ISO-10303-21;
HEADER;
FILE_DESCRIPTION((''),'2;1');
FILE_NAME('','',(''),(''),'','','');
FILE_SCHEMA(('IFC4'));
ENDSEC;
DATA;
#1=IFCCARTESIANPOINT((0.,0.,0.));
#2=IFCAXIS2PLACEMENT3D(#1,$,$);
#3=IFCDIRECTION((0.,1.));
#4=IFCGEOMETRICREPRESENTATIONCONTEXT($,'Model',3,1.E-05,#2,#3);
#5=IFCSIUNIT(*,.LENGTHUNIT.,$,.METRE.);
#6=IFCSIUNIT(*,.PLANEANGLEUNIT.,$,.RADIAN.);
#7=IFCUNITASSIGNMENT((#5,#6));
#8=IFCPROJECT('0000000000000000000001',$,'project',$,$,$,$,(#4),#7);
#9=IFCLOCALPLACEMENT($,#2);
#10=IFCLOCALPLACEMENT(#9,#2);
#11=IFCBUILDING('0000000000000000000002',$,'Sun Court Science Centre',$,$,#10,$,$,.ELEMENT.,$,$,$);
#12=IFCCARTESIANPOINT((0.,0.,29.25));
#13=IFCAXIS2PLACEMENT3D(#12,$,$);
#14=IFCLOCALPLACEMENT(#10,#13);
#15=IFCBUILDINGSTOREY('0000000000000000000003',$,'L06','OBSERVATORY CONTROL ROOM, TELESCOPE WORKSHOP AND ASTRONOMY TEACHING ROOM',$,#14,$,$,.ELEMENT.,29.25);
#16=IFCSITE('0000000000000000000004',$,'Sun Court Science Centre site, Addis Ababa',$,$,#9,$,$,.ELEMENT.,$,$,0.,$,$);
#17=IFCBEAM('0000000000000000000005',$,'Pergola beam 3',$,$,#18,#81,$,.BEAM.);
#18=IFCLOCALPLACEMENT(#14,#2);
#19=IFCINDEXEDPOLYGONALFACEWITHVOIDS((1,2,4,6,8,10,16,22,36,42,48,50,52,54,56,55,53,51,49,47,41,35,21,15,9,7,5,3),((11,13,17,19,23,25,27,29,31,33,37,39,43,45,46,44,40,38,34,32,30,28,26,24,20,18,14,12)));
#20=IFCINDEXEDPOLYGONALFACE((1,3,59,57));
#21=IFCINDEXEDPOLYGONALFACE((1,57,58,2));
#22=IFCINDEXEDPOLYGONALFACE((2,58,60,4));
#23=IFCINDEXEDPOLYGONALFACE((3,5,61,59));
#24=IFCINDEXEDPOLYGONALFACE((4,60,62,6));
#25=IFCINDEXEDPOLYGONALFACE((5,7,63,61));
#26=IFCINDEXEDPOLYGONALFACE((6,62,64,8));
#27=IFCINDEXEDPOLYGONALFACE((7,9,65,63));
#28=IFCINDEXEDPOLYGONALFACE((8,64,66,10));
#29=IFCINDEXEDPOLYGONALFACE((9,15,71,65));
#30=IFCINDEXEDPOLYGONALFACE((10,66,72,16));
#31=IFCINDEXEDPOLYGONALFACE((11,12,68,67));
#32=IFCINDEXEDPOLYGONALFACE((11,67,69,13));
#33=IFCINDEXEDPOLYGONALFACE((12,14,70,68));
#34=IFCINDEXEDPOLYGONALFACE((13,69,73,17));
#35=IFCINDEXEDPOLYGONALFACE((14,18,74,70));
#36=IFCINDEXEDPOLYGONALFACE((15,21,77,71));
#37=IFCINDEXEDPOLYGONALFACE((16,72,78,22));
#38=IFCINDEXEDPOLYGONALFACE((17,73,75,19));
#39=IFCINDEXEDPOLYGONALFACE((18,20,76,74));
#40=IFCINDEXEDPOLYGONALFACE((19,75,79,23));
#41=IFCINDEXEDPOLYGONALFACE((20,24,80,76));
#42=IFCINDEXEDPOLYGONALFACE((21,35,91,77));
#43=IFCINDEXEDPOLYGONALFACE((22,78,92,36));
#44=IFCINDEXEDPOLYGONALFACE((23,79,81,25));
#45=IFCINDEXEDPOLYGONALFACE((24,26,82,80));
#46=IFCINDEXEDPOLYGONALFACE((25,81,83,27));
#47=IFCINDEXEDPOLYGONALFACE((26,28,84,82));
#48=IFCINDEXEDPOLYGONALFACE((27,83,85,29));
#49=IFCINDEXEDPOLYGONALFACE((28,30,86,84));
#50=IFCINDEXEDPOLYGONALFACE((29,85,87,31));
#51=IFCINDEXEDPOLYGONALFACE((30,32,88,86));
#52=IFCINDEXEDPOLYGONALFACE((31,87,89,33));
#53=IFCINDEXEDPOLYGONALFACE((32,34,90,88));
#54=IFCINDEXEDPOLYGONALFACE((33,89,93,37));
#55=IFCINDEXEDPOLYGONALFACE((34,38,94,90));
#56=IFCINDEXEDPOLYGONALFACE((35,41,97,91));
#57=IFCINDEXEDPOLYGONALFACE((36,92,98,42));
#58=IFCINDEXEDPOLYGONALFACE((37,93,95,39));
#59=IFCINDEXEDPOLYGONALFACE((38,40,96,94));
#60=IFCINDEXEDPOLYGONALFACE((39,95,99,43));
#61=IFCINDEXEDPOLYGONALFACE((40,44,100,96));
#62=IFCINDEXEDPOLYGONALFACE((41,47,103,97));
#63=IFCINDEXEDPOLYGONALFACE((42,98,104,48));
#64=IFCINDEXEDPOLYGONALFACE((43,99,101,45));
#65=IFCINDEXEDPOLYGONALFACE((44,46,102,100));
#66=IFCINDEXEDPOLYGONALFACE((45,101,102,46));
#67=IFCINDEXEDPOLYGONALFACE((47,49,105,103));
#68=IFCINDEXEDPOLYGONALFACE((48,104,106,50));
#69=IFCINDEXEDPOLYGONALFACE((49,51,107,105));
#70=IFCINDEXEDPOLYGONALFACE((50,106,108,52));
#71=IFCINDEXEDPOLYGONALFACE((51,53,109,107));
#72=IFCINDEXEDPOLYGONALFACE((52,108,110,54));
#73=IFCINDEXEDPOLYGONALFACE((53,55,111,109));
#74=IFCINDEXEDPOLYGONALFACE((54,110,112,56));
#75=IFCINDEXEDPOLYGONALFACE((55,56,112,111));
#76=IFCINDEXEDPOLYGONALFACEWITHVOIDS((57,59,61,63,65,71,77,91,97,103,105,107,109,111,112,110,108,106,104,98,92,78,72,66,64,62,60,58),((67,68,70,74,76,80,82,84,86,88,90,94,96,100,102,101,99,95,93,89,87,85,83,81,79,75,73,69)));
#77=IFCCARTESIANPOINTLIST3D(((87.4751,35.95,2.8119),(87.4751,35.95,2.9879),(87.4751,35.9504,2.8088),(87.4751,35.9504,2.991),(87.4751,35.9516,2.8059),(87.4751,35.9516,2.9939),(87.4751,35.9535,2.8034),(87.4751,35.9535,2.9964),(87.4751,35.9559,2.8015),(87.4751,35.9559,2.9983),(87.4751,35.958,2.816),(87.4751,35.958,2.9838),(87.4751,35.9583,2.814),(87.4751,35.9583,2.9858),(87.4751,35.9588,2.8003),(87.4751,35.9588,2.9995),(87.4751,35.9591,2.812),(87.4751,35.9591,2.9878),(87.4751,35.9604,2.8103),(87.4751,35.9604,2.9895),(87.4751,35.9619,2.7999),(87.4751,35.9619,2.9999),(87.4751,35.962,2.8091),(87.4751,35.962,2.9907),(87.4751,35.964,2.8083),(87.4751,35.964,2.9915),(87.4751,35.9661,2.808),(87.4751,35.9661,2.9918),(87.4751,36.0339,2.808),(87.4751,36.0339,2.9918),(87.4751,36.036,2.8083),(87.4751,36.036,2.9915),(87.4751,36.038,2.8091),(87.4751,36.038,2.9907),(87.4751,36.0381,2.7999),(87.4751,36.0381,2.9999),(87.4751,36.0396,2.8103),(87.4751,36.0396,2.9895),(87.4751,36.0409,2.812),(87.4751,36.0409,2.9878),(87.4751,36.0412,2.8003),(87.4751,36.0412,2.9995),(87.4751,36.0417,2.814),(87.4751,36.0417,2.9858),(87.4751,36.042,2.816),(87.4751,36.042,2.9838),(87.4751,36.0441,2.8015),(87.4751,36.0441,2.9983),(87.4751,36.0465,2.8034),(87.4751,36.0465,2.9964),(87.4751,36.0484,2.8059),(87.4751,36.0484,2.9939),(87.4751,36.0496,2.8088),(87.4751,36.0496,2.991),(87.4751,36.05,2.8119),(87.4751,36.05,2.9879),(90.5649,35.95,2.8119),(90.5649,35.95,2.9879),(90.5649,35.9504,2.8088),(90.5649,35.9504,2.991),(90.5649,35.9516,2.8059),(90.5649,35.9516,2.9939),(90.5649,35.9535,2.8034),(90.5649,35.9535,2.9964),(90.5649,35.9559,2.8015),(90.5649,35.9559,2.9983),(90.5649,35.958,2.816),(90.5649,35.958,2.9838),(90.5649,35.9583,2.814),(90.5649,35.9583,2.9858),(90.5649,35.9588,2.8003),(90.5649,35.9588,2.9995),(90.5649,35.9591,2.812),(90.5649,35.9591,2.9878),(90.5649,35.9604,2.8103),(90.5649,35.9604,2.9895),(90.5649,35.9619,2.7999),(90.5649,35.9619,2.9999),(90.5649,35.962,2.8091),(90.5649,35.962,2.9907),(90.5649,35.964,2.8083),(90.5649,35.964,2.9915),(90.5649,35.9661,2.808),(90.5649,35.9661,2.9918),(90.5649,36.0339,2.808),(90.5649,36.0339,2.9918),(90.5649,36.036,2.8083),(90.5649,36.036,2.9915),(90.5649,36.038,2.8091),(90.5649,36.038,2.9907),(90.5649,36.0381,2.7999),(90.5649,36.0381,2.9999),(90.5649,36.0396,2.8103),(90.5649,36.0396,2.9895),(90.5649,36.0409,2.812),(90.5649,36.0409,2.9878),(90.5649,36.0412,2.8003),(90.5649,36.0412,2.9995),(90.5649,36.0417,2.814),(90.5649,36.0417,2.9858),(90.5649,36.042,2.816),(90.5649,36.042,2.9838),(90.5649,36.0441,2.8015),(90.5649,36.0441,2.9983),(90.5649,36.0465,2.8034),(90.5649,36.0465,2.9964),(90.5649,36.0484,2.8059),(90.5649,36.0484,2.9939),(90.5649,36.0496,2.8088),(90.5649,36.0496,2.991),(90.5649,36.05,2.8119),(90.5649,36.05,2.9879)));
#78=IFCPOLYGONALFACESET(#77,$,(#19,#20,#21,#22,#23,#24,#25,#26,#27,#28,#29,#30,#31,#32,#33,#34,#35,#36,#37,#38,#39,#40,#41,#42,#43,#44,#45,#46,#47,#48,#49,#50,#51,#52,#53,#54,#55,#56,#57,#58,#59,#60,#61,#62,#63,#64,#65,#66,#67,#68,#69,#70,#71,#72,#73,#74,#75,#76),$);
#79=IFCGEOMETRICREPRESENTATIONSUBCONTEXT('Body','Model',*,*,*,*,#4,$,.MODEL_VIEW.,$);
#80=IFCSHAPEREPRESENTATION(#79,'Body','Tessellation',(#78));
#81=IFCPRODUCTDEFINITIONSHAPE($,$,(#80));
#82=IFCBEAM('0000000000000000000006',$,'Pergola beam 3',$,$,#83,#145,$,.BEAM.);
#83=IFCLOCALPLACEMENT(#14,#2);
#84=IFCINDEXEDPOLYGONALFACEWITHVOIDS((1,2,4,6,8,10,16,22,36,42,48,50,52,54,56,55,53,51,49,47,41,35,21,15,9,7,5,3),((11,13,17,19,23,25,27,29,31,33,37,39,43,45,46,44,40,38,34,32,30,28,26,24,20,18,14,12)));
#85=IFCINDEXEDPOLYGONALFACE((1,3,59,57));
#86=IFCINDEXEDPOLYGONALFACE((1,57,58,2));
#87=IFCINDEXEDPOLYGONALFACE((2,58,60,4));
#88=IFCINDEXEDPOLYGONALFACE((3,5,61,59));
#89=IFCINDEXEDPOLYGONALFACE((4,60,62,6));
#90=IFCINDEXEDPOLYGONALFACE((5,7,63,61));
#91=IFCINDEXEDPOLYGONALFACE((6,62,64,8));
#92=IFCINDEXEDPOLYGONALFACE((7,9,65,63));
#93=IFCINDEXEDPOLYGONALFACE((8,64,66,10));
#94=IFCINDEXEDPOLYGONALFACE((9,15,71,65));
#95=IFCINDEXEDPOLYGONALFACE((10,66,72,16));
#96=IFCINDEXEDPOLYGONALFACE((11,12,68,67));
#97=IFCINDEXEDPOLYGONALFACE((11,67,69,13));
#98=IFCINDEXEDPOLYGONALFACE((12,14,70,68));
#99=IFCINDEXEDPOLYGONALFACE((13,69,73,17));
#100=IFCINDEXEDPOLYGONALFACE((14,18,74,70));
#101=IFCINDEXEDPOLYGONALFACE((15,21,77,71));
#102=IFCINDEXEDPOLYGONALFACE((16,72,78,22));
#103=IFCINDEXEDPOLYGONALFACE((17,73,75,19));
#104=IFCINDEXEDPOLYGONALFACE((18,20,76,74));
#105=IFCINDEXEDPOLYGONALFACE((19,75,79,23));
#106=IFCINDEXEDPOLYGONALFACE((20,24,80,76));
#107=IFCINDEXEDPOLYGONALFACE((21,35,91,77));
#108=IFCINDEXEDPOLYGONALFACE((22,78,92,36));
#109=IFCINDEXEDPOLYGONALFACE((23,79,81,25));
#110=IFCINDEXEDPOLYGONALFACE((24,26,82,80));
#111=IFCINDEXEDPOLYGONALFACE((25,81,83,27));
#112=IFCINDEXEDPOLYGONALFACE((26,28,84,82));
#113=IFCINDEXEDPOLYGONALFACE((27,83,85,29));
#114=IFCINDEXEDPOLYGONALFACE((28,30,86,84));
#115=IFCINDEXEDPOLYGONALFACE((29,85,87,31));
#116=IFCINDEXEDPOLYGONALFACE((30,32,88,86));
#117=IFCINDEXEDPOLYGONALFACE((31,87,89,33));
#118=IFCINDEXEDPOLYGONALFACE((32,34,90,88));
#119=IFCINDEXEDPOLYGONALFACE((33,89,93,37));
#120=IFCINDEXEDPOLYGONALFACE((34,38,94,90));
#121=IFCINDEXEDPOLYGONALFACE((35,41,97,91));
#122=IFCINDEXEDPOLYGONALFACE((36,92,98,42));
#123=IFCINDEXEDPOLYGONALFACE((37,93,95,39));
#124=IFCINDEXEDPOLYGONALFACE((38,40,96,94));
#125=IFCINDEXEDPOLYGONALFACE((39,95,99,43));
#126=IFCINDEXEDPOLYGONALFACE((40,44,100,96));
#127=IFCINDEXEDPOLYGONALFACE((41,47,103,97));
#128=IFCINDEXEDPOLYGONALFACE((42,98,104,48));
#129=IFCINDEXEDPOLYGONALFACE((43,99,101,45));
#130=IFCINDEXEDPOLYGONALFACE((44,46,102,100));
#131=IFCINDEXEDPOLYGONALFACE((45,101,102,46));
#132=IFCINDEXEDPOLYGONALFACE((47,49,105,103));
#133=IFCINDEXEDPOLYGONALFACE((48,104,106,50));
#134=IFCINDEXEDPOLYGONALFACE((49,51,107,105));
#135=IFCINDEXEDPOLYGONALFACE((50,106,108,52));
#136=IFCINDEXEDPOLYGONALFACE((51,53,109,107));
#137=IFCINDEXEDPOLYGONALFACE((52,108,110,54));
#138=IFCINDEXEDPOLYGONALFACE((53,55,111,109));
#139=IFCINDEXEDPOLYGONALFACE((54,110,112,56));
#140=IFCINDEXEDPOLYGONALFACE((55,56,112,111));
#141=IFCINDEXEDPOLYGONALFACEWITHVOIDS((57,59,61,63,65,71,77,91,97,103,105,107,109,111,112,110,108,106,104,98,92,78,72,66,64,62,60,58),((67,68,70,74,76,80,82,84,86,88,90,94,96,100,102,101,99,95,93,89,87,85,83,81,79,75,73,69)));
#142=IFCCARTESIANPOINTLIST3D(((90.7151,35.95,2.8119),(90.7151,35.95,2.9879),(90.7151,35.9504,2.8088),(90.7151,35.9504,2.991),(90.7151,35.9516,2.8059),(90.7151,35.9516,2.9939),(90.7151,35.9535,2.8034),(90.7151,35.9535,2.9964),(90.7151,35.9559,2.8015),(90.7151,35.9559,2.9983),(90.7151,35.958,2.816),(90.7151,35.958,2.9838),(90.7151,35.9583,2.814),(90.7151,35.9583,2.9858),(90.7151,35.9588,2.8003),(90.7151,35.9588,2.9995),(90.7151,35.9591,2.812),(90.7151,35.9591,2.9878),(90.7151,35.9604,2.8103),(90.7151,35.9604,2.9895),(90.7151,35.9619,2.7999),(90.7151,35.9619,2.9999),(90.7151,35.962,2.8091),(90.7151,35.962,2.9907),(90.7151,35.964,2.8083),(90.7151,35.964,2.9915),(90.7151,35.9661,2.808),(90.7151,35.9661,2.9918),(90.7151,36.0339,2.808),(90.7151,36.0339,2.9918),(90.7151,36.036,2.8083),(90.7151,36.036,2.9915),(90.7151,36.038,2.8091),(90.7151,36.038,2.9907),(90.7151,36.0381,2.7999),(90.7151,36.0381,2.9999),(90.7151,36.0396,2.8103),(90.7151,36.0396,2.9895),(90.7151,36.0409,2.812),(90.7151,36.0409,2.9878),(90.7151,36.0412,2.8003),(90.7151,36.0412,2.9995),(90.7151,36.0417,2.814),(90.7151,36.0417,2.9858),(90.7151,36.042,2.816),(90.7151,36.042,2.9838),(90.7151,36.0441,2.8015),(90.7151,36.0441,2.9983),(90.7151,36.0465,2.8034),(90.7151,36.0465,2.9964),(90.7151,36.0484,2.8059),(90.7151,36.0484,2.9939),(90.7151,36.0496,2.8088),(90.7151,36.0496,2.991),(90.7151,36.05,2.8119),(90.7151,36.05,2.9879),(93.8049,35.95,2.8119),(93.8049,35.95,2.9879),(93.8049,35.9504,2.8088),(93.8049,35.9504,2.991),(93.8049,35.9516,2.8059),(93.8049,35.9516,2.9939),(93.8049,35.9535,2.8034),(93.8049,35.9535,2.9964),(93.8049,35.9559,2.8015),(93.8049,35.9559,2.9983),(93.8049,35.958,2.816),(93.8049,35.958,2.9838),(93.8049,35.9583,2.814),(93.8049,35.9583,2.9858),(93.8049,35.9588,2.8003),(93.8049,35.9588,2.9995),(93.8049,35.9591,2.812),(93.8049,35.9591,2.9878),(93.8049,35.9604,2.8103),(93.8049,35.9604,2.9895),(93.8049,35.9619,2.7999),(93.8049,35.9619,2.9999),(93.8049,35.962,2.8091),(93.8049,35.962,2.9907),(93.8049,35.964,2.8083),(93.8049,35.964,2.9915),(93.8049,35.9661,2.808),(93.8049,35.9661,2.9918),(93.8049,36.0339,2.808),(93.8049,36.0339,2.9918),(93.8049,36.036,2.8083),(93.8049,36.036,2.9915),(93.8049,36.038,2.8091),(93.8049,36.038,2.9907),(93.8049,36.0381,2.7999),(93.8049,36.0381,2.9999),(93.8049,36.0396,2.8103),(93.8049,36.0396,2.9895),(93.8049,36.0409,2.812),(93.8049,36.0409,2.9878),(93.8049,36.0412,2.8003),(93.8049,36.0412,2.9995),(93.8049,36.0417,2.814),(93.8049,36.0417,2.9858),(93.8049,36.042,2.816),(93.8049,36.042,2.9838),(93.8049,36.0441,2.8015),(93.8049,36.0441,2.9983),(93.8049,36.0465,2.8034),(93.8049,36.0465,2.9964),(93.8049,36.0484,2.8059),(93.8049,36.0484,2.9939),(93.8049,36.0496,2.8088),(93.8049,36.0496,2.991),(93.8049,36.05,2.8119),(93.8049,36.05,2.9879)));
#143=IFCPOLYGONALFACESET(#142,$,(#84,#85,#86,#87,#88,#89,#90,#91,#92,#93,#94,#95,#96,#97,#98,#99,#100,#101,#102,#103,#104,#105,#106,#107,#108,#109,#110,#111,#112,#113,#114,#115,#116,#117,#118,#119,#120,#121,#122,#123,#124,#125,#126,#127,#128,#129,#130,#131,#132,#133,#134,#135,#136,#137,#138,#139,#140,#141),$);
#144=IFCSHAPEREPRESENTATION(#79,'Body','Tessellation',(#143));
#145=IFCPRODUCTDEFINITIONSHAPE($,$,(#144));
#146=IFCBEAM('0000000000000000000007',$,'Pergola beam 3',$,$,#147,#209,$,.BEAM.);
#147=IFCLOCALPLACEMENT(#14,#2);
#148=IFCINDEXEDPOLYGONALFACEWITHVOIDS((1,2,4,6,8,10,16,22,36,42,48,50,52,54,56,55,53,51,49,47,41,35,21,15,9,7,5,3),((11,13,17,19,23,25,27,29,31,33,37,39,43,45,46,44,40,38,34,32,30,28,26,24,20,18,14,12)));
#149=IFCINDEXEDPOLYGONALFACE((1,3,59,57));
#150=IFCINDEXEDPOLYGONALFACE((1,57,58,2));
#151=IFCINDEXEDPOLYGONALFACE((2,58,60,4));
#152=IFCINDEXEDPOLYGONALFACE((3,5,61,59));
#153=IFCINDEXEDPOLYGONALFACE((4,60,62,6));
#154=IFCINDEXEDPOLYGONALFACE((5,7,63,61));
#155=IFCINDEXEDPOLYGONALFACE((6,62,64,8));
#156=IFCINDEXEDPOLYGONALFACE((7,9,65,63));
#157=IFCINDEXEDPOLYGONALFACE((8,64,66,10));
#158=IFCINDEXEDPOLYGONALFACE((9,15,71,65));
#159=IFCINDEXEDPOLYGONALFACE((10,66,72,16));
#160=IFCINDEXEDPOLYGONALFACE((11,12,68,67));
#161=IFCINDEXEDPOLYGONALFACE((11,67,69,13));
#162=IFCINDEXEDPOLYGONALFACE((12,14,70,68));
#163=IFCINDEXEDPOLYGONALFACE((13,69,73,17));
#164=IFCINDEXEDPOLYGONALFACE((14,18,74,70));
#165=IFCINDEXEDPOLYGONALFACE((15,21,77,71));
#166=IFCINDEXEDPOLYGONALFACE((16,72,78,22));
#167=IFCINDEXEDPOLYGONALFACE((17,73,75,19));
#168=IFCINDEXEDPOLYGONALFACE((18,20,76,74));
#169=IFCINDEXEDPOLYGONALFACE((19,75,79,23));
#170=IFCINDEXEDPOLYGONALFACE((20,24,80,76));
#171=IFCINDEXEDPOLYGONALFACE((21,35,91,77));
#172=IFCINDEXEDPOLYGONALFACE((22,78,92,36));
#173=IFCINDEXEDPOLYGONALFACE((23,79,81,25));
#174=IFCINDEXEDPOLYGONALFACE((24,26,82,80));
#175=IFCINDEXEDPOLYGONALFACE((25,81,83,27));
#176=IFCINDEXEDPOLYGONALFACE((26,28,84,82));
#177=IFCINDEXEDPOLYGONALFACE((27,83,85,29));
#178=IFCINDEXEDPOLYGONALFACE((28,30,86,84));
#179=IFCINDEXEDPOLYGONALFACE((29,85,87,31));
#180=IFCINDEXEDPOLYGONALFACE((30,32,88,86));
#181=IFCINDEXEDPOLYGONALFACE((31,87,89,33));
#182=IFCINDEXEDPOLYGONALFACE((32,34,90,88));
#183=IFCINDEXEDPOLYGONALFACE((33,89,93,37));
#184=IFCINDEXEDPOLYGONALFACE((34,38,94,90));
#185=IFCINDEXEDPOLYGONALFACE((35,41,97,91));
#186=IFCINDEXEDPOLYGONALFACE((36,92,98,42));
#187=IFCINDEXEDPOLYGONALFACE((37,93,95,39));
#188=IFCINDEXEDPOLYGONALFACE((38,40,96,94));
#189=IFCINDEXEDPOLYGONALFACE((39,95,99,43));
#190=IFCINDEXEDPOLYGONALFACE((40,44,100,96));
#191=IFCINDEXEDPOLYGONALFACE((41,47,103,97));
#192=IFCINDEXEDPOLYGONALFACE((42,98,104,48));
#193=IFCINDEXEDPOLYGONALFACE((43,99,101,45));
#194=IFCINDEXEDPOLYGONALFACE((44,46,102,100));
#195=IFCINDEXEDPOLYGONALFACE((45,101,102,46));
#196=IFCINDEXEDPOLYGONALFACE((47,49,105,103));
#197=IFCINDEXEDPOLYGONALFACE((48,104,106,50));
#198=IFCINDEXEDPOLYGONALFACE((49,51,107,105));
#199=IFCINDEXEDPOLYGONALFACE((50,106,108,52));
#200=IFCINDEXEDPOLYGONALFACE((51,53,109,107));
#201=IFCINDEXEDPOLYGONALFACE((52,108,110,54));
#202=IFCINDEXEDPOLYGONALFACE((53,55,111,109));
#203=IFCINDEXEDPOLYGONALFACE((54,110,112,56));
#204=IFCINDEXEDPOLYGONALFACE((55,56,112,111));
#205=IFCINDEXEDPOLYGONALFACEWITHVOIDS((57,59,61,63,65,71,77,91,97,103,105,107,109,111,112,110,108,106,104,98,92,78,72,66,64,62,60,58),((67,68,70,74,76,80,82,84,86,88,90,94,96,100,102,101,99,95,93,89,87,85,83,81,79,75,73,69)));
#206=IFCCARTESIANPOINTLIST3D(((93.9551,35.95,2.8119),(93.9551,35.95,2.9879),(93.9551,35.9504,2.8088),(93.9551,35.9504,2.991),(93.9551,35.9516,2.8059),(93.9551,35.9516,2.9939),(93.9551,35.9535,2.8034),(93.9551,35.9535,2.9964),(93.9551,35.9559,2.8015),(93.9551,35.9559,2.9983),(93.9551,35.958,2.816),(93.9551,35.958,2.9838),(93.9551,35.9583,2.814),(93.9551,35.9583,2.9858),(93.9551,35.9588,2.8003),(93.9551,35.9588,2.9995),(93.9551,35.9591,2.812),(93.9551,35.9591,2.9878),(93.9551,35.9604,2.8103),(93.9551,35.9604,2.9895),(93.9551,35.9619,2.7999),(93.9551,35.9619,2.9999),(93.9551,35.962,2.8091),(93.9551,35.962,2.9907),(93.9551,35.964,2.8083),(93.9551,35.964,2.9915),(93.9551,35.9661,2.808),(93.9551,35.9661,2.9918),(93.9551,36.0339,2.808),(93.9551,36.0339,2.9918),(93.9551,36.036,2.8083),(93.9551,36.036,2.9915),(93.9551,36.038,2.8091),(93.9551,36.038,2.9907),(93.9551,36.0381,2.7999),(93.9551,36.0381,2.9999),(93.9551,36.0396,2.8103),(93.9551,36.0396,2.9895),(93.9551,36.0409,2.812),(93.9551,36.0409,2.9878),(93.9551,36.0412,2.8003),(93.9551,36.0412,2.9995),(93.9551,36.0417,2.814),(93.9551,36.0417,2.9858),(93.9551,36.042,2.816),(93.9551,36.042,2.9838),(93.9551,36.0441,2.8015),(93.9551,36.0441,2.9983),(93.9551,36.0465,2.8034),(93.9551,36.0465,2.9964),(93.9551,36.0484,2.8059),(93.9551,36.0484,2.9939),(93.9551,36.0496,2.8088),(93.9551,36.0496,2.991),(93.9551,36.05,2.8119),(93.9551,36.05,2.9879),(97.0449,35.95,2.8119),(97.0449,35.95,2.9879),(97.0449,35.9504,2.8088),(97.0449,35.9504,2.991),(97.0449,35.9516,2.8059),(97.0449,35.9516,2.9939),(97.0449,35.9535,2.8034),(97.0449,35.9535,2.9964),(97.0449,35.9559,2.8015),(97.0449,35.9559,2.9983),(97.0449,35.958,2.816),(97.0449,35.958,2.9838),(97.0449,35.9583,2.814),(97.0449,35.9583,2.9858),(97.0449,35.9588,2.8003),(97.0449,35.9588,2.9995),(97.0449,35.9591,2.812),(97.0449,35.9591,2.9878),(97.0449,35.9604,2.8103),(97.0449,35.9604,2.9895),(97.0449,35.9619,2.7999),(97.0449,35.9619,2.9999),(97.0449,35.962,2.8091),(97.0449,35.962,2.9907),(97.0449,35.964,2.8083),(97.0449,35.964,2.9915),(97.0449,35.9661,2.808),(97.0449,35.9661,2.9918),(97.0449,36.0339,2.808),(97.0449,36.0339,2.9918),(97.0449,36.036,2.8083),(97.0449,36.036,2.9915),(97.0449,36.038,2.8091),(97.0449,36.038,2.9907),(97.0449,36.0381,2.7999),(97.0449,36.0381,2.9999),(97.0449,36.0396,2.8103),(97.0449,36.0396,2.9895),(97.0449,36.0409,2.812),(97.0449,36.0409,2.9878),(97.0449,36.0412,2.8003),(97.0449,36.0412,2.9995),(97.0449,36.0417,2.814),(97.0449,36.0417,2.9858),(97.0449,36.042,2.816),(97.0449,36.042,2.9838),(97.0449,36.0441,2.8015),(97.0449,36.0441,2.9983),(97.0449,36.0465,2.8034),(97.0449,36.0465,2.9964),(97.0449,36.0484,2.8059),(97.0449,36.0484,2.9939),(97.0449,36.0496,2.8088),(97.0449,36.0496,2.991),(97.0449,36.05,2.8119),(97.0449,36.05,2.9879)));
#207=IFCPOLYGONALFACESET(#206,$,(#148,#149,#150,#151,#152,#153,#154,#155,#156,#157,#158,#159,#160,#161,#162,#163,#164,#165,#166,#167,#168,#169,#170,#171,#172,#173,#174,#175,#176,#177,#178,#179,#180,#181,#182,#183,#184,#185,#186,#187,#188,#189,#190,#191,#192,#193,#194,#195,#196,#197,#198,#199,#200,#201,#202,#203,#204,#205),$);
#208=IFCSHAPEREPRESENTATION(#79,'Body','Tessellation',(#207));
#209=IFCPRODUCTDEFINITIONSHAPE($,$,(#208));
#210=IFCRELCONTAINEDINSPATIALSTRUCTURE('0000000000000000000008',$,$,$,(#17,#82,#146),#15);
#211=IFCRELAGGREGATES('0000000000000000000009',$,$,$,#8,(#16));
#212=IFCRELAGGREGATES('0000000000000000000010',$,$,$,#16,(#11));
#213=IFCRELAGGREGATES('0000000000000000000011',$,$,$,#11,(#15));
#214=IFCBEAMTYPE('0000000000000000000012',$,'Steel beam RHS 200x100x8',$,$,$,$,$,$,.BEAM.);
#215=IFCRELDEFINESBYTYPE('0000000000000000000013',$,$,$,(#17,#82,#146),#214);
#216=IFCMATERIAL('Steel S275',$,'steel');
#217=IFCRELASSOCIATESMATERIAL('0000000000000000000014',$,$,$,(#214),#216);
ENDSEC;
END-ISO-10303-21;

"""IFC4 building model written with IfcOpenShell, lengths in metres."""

from ifc_helpers import new_model, si_unit, direction, frame, origin, origin_2d, place, context, subcontext, project, spatial, hollow_rectangle, extrude, material, material_profile, profile_set, type_object, element, save


model = new_model("IFC4")

# Units and contexts
model_context = context("Model", 3, precision=1e-05, world=origin(), true_north=direction((0.0, 1.0)))
body_context = subcontext(model_context, "Body", "Model", "MODEL_VIEW")
ifc_project = project(units=[si_unit("LENGTHUNIT", "METRE"), si_unit("PLANEANGLEUNIT", "RADIAN")], contexts=[model_context])

# Site, building, storey
site_placement = place(None, origin())
site = spatial("IfcSite", under=ifc_project, at=site_placement, Name="Sun Court Science Centre site, Addis Ababa", CompositionType="ELEMENT", RefElevation=0.0)
building_placement = place(site_placement, origin())
building = spatial("IfcBuilding", under=site, at=building_placement, Name="Sun Court Science Centre", CompositionType="ELEMENT")
storey_placement = place(building_placement, frame((0.0, 0.0, 29.25)))
storey = spatial("IfcBuildingStorey", under=building, at=storey_placement, Name="L06", Description="OBSERVATORY CONTROL ROOM, TELESCOPE WORKSHOP AND ASTRONOMY TEACHING ROOM", CompositionType="ELEMENT", Elevation=29.25)

# Beams
ifc_material_1 = material(Name="Steel S275", Category="steel")
ifc_material_profile_1 = material_profile(ifc_material_1, hollow_rectangle(XDim=0.1001, YDim=0.2, WallThickness=0.0081, InnerFilletRadius=0.0081, OuterFilletRadius=0.012, at=origin_2d()), Name="RHS 200x100x8")
ifc_profile_set_1 = profile_set([ifc_material_profile_1], Name="Steel S275")
beam_type_1 = type_object("IfcBeamType", Name="Steel beam RHS 200x100x8", PredefinedType="BEAM", material=ifc_profile_set_1)
for number, where, z_axis, x_axis, name in (
    (1, (87.4751, 36.0, 2.8999), (1.0, 0.0, 0.0), (0.0, 1.0, 0.0), "Pergola beam 3"),
    (2, (90.7151, 36.0, 2.8999), (1.0, 0.0, 0.0), (0.0, 1.0, 0.0), "Pergola beam 3"),
    (3, (93.9551, 36.0, 2.8999), (1.0, 0.0, 0.0), (0.0, 1.0, 0.0), "Pergola beam 3"),
):
    element("IfcBeam", number, at=place(storey_placement, frame(where, z_axis=z_axis, x_axis=x_axis)), inside=storey, type_object=beam_type_1, Name=name, PredefinedType="BEAM", context=body_context, shape_type="SweptSolid", body=[
        extrude(hollow_rectangle(XDim=0.1001, YDim=0.2, WallThickness=0.0081, InnerFilletRadius=0.0081, OuterFilletRadius=0.012, at=origin_2d()), origin(), (0.0, 0.0, 1.0), 3.0898),
    ])

save(model, "model.ifc")
